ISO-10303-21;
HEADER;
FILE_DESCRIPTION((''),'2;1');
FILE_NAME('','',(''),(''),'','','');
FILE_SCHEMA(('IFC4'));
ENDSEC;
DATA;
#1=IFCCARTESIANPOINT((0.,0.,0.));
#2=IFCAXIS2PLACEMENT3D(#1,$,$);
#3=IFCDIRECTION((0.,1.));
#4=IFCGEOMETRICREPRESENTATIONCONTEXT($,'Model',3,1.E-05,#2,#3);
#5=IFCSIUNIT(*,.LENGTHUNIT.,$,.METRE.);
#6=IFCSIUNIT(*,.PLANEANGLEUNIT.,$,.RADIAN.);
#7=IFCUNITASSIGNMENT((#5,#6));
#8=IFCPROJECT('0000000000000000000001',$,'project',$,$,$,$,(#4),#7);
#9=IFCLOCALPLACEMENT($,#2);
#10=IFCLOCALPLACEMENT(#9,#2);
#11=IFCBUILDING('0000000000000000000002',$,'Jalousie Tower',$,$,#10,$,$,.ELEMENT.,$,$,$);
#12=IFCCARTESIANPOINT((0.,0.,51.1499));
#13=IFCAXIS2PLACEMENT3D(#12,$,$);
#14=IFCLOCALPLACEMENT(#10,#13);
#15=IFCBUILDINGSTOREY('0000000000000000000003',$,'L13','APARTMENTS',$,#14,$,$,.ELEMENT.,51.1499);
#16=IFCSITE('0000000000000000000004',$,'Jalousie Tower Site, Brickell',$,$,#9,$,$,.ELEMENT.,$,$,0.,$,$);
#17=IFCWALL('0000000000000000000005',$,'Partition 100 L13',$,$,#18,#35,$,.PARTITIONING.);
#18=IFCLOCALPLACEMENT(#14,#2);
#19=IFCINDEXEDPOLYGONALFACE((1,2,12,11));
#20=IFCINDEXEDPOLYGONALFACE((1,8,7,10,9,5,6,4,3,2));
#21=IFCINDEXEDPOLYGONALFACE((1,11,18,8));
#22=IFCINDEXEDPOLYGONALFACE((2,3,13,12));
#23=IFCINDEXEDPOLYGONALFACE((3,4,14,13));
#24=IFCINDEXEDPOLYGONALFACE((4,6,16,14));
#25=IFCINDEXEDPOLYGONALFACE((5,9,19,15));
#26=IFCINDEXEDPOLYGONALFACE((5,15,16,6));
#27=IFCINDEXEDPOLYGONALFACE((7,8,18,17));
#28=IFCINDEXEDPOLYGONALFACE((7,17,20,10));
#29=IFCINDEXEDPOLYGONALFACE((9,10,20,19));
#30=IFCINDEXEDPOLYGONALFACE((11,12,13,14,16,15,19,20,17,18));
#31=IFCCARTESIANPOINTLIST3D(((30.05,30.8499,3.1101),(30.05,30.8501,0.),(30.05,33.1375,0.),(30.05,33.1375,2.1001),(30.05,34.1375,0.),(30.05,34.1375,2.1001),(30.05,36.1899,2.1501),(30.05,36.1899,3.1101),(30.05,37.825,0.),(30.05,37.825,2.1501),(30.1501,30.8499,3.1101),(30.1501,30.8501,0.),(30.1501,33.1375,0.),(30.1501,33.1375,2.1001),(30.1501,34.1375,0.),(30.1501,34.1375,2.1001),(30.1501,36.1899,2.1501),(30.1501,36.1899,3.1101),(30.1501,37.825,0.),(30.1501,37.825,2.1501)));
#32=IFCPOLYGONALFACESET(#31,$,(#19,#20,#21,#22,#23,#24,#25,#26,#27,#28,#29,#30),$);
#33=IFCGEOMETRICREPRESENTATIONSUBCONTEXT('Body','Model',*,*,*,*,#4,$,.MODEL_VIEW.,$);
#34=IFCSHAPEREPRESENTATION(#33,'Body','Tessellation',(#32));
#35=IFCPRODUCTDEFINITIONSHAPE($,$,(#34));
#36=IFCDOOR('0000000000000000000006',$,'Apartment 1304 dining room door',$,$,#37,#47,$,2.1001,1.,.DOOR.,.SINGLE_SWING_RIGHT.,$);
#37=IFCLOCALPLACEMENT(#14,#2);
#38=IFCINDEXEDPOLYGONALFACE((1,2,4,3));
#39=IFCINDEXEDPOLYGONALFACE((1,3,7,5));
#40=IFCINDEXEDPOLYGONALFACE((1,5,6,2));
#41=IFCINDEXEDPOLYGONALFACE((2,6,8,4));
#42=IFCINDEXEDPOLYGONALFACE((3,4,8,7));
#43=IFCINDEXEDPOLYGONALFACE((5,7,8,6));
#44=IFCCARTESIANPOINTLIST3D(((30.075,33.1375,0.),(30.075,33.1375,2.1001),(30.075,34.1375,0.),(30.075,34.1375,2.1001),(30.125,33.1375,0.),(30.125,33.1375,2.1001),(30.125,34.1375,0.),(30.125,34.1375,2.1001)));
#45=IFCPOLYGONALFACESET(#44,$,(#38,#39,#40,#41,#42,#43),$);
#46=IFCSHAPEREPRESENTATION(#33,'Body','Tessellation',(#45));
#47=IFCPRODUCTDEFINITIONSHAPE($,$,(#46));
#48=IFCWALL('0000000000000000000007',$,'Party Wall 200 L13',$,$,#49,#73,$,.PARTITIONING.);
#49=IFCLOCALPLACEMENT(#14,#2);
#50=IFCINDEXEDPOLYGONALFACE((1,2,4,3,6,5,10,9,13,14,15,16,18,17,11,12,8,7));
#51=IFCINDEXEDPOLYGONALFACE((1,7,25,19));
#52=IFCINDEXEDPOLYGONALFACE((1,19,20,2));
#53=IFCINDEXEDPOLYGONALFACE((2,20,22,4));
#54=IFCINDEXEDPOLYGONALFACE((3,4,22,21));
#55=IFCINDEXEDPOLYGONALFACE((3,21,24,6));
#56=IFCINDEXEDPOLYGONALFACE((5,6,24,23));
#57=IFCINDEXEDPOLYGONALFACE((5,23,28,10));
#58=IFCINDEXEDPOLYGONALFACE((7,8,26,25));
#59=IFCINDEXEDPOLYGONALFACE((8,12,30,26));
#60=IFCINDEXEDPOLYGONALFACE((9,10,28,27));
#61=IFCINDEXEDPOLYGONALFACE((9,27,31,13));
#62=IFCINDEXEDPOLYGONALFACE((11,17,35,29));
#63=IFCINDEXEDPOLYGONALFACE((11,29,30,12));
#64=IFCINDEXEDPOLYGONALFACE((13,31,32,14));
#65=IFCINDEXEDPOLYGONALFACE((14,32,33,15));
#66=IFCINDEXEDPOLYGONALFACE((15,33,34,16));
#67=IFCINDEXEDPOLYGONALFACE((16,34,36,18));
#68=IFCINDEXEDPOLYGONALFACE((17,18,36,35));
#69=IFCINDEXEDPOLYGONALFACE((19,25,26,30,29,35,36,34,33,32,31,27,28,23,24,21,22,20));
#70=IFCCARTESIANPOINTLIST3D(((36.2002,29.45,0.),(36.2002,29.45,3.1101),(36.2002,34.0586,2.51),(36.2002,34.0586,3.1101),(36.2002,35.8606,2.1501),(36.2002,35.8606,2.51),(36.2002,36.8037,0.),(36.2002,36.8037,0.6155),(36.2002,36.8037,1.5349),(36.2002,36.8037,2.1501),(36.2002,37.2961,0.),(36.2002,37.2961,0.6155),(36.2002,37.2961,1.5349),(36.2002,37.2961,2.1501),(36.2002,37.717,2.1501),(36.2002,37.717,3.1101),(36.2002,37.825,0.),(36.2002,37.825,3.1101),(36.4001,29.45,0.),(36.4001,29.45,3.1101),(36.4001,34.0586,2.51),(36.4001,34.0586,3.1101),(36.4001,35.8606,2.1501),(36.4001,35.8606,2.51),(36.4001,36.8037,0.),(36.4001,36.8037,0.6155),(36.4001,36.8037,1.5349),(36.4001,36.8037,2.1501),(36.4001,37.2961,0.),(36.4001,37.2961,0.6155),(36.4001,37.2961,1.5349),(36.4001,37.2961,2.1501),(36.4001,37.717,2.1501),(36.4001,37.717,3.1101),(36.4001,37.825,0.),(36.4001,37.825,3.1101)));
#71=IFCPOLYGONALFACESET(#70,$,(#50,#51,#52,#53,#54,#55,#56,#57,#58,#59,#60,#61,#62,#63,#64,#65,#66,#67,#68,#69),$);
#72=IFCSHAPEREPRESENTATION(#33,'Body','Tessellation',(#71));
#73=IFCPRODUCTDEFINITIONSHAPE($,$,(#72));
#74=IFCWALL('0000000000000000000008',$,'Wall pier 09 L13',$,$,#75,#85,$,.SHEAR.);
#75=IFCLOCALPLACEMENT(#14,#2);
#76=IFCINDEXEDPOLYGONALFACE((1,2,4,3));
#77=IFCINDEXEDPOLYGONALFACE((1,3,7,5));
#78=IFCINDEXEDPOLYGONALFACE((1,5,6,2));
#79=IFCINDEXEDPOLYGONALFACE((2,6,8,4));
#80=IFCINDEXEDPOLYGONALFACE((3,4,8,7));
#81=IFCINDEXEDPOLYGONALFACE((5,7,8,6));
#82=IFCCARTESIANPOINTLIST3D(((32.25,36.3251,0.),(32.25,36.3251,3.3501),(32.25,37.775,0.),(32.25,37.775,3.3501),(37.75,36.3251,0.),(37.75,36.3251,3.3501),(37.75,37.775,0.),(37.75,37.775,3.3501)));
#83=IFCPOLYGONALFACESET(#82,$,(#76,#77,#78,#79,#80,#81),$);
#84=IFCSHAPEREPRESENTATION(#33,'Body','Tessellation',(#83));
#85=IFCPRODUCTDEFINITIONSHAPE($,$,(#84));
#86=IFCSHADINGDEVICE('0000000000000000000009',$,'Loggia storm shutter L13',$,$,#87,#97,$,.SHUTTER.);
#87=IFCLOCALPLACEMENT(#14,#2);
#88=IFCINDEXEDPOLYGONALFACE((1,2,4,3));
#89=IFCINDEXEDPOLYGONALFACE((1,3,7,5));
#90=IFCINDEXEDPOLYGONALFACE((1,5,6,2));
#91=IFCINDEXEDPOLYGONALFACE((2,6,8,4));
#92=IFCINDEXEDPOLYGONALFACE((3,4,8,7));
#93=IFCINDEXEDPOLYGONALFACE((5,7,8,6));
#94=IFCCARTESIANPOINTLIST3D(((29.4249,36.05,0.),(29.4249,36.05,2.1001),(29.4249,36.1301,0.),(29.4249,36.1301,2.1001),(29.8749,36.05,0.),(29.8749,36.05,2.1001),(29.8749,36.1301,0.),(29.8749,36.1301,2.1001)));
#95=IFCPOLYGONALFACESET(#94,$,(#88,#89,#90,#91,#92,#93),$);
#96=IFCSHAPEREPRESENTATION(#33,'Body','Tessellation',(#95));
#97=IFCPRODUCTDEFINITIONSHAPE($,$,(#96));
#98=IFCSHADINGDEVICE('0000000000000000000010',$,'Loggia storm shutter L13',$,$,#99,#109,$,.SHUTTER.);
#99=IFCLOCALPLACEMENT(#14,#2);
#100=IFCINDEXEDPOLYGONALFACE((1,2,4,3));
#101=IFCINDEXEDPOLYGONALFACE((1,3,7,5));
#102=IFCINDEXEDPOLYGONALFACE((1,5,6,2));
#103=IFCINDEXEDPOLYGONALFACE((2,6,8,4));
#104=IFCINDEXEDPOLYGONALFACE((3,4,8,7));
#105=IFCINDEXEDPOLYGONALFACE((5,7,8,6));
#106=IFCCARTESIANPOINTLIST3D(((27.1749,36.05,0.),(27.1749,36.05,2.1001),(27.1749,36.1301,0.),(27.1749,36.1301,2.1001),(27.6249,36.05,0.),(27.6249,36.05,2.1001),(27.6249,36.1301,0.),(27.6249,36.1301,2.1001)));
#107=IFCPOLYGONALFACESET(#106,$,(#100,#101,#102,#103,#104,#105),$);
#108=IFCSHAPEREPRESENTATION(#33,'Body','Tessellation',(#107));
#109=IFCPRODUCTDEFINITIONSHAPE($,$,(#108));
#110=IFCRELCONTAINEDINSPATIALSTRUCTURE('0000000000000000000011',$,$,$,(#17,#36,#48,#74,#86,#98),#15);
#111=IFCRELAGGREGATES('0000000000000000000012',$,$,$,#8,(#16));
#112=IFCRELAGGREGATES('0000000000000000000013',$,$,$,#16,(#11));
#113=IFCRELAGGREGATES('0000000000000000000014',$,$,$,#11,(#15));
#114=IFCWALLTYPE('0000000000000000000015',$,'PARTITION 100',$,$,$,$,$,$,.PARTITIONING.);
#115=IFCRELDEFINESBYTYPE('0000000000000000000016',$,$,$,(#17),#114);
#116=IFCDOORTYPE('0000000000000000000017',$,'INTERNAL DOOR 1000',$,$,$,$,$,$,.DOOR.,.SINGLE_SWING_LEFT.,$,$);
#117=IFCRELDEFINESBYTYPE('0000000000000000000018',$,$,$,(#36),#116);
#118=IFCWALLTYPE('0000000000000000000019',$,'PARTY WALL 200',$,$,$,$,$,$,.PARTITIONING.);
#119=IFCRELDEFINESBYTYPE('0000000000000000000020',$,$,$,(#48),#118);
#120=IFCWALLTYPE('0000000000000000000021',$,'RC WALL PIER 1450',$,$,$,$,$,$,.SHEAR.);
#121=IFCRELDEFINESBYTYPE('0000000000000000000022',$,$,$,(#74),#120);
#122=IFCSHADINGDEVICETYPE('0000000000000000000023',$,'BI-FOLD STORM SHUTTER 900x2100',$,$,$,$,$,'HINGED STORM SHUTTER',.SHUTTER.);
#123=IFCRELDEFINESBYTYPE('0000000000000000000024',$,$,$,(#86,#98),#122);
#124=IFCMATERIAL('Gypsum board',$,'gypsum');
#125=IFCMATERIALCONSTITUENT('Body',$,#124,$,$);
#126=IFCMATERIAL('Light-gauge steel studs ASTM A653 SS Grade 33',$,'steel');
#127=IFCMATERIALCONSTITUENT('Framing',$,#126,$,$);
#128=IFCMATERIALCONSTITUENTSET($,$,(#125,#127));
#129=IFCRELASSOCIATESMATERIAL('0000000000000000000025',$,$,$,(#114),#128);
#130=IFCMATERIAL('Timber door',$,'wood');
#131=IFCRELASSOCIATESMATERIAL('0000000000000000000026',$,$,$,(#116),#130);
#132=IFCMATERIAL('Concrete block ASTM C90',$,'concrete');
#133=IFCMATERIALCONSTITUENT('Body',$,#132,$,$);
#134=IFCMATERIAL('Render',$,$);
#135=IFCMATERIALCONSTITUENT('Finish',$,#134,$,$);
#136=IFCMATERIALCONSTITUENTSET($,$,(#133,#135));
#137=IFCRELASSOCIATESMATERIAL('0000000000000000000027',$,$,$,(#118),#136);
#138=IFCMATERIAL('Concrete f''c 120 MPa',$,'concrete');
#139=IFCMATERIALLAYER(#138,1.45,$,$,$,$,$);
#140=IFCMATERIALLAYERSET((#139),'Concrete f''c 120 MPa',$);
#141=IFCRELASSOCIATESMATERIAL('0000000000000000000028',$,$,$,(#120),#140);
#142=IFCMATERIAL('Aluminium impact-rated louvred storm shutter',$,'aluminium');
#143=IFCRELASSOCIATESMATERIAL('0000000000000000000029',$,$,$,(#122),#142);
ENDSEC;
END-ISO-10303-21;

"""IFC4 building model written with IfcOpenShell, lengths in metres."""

from ifc_helpers import new_model, si_unit, direction, frame, frame_2d, origin, origin_2d, place, context, subcontext, project, spatial, polyline, rectangle, outline, extrude, material, layer, layer_set, constituent, constituent_set, type_object, element, fill, save


model = new_model("IFC4")

# Units and contexts
model_context = context("Model", 3, precision=1e-05, world=origin(), true_north=direction((0.0, 1.0)))
body_context = subcontext(model_context, "Body", "Model", "MODEL_VIEW")
ifc_project = project(units=[si_unit("LENGTHUNIT", "METRE"), si_unit("PLANEANGLEUNIT", "RADIAN")], contexts=[model_context])

# Site, building, storey
site_placement = place(None, origin())
site = spatial("IfcSite", under=ifc_project, at=site_placement, Name="Jalousie Tower Site, Brickell", CompositionType="ELEMENT", RefElevation=0.0)
building_placement = place(site_placement, origin())
building = spatial("IfcBuilding", under=site, at=building_placement, Name="Jalousie Tower", CompositionType="ELEMENT")
storey_placement = place(building_placement, frame((0.0, 0.0, 51.1499)))
storey = spatial("IfcBuildingStorey", under=building, at=storey_placement, Name="L13", Description="APARTMENTS", CompositionType="ELEMENT", Elevation=51.1499)

# Wall, opening, door
ifc_material_1 = material(Name="Gypsum board", Category="gypsum")
ifc_constituent_1 = constituent(ifc_material_1, Name="Body")
ifc_material_2 = material(Name="Light-gauge steel studs ASTM A653 SS Grade 33", Category="steel")
ifc_constituent_2 = constituent(ifc_material_2, Name="Framing")
ifc_constituent_set_1 = constituent_set(constituents=[ifc_constituent_1, ifc_constituent_2])
wall_type_1 = type_object("IfcWallType", Name="PARTITION 100", PredefinedType="PARTITIONING", material=ifc_constituent_set_1)
wall_1_placement = place(storey_placement, frame((30.1001, 37.825, 0.0), z_axis=(0.0, 0.0, 1.0), x_axis=(0.0, -1.0, 0.0)))
wall_1 = element("IfcWall", 1, at=wall_1_placement, inside=storey, type_object=wall_type_1, Name="Partition 100 L13", PredefinedType="PARTITIONING", context=body_context, shape_type="SweptSolid", body=[
    extrude(outline(polyline([(0.0, 0.0), (6.9749, 0.0), (6.9751, 3.1101), (1.635, 3.1101), (1.635, 2.1501), (0.0, 2.1501), (0.0, 3.1101), (0.0, 0.0)])), frame((0.0, 0.05, 0.0), z_axis=(0.0, -1.0, 0.0), x_axis=(1.0, 0.0, 0.0)), (0.0, 0.0, 1.0), 0.1001),
])
opening_1_placement = place(wall_1_placement, frame((3.6875, 0.0, 0.0)))
opening_1 = element("IfcOpeningElement", 2, at=opening_1_placement, cuts=wall_1, PredefinedType="OPENING", context=body_context, shape_type="SweptSolid", body=[
    extrude(rectangle(XDim=1.0, YDim=2.1001, at=frame_2d((0.5, 1.05))), frame((0.0, 0.0601, 0.0), z_axis=(0.0, -1.0, 0.0), x_axis=(1.0, 0.0, 0.0)), (0.0, 0.0, 1.0), 0.1201),
])
ifc_material_3 = material(Name="Timber door", Category="wood")
door_type = type_object("IfcDoorType", Name="INTERNAL DOOR 1000", OperationType="SINGLE_SWING_LEFT", PredefinedType="DOOR", material=ifc_material_3)
door_placement = place(opening_1_placement, origin())
door = element("IfcDoor", 3, at=door_placement, inside=storey, type_object=door_type, Name="Apartment 1304 dining room door", OperationType="SINGLE_SWING_RIGHT", OverallHeight=2.1001, OverallWidth=1.0, PredefinedType="DOOR", context=body_context, shape_type="SweptSolid", body=[
    extrude(rectangle(XDim=1.0, YDim=2.1001, at=frame_2d((0.5, 1.05))), frame((0.0, 0.0249, 0.0), z_axis=(0.0, -1.0, 0.0), x_axis=(1.0, 0.0, 0.0)), (0.0, 0.0, 1.0), 0.05),
])
fill(opening_1, door)

# Walls
ifc_material_4 = material(Name="Concrete block ASTM C90", Category="concrete")
ifc_constituent_3 = constituent(ifc_material_4, Name="Body")
ifc_material_5 = material(Name="Render")
ifc_constituent_4 = constituent(ifc_material_5, Name="Finish")
ifc_constituent_set_2 = constituent_set(constituents=[ifc_constituent_3, ifc_constituent_4])
wall_type_2 = type_object("IfcWallType", Name="PARTY WALL 200", PredefinedType="PARTITIONING", material=ifc_constituent_set_2)
wall_2_placement = place(storey_placement, frame((36.3, 37.825, 0.0), z_axis=(0.0, 0.0, 1.0), x_axis=(0.0, -1.0, 0.0)))
element("IfcWall", 4, at=wall_2_placement, inside=storey, type_object=wall_type_2, Name="Party Wall 200 L13", PredefinedType="PARTITIONING", context=body_context, shape_type="SweptSolid", body=[
    extrude(outline(polyline([(0.1079, 3.1101), (0.0, 3.1101), (0.0, 0.0), (0.5288, 0.0), (0.5288, 0.6155), (1.0212, 0.6155), (1.0212, 0.0), (8.375, 0.0), (8.375, 3.1101), (3.7664, 3.1101), (3.7664, 2.51), (1.9644, 2.51), (1.9644, 2.1501), (1.0212, 2.1501), (1.0212, 1.5349), (0.5288, 1.5349), (0.5288, 2.1501), (0.1079, 2.1501), (0.1079, 3.1101)])), frame((0.0, 0.1001, 0.0), z_axis=(0.0, -1.0, 0.0), x_axis=(1.0, 0.0, 0.0)), (0.0, 0.0, 1.0), 0.2),
])
ifc_material_6 = material(Name="Concrete f'c 120 MPa", Category="concrete")
ifc_layer_1 = layer(ifc_material_6, 1.45)
ifc_layer_set_1 = layer_set([ifc_layer_1], Name="Concrete f'c 120 MPa")
wall_type_3 = type_object("IfcWallType", Name="RC WALL PIER 1450", PredefinedType="SHEAR", material=ifc_layer_set_1)
wall_3_placement = place(storey_placement, frame((32.25, 37.05, 0.0), z_axis=(0.0, 0.0, 1.0), x_axis=(1.0, 0.0, 0.0)))
element("IfcWall", 5, at=wall_3_placement, inside=storey, type_object=wall_type_3, Name="Wall pier 09 L13", PredefinedType="SHEAR", context=body_context, shape_type="SweptSolid", body=[
    extrude(rectangle(XDim=5.5, YDim=1.45, at=frame_2d((2.75, 0.0))), origin(), (0.0, 0.0, 1.0), 3.3501),
])

# Shading devices
ifc_material_7 = material(Name="Aluminium impact-rated louvred storm shutter", Category="aluminium")
shading_device_type_1 = type_object("IfcShadingDeviceType", Name="BI-FOLD STORM SHUTTER 900x2100", ElementType="HINGED STORM SHUTTER", PredefinedType="SHUTTER", material=ifc_material_7)
for number, where, z_axis, x_axis, name in (
    (6, (29.6499, 36.0901, 0.0), (0.0, 0.0, 1.0), (-1.0, 0.0, 0.0), "Loggia storm shutter L13"),
    (7, (27.3999, 36.0901, 0.0), (0.0, 0.0, 1.0), (-1.0, 0.0, 0.0), "Loggia storm shutter L13"),
):
    element("IfcShadingDevice", number, at=place(storey_placement, frame(where, z_axis=z_axis, x_axis=x_axis)), inside=storey, type_object=shading_device_type_1, Name=name, PredefinedType="SHUTTER", context=body_context, shape_type="SweptSolid", body=[
        extrude(rectangle(XDim=0.45, YDim=0.0801, at=origin_2d()), origin(), (0.0, 0.0, 1.0), 2.1001),
    ])

save(model, "model.ifc")
